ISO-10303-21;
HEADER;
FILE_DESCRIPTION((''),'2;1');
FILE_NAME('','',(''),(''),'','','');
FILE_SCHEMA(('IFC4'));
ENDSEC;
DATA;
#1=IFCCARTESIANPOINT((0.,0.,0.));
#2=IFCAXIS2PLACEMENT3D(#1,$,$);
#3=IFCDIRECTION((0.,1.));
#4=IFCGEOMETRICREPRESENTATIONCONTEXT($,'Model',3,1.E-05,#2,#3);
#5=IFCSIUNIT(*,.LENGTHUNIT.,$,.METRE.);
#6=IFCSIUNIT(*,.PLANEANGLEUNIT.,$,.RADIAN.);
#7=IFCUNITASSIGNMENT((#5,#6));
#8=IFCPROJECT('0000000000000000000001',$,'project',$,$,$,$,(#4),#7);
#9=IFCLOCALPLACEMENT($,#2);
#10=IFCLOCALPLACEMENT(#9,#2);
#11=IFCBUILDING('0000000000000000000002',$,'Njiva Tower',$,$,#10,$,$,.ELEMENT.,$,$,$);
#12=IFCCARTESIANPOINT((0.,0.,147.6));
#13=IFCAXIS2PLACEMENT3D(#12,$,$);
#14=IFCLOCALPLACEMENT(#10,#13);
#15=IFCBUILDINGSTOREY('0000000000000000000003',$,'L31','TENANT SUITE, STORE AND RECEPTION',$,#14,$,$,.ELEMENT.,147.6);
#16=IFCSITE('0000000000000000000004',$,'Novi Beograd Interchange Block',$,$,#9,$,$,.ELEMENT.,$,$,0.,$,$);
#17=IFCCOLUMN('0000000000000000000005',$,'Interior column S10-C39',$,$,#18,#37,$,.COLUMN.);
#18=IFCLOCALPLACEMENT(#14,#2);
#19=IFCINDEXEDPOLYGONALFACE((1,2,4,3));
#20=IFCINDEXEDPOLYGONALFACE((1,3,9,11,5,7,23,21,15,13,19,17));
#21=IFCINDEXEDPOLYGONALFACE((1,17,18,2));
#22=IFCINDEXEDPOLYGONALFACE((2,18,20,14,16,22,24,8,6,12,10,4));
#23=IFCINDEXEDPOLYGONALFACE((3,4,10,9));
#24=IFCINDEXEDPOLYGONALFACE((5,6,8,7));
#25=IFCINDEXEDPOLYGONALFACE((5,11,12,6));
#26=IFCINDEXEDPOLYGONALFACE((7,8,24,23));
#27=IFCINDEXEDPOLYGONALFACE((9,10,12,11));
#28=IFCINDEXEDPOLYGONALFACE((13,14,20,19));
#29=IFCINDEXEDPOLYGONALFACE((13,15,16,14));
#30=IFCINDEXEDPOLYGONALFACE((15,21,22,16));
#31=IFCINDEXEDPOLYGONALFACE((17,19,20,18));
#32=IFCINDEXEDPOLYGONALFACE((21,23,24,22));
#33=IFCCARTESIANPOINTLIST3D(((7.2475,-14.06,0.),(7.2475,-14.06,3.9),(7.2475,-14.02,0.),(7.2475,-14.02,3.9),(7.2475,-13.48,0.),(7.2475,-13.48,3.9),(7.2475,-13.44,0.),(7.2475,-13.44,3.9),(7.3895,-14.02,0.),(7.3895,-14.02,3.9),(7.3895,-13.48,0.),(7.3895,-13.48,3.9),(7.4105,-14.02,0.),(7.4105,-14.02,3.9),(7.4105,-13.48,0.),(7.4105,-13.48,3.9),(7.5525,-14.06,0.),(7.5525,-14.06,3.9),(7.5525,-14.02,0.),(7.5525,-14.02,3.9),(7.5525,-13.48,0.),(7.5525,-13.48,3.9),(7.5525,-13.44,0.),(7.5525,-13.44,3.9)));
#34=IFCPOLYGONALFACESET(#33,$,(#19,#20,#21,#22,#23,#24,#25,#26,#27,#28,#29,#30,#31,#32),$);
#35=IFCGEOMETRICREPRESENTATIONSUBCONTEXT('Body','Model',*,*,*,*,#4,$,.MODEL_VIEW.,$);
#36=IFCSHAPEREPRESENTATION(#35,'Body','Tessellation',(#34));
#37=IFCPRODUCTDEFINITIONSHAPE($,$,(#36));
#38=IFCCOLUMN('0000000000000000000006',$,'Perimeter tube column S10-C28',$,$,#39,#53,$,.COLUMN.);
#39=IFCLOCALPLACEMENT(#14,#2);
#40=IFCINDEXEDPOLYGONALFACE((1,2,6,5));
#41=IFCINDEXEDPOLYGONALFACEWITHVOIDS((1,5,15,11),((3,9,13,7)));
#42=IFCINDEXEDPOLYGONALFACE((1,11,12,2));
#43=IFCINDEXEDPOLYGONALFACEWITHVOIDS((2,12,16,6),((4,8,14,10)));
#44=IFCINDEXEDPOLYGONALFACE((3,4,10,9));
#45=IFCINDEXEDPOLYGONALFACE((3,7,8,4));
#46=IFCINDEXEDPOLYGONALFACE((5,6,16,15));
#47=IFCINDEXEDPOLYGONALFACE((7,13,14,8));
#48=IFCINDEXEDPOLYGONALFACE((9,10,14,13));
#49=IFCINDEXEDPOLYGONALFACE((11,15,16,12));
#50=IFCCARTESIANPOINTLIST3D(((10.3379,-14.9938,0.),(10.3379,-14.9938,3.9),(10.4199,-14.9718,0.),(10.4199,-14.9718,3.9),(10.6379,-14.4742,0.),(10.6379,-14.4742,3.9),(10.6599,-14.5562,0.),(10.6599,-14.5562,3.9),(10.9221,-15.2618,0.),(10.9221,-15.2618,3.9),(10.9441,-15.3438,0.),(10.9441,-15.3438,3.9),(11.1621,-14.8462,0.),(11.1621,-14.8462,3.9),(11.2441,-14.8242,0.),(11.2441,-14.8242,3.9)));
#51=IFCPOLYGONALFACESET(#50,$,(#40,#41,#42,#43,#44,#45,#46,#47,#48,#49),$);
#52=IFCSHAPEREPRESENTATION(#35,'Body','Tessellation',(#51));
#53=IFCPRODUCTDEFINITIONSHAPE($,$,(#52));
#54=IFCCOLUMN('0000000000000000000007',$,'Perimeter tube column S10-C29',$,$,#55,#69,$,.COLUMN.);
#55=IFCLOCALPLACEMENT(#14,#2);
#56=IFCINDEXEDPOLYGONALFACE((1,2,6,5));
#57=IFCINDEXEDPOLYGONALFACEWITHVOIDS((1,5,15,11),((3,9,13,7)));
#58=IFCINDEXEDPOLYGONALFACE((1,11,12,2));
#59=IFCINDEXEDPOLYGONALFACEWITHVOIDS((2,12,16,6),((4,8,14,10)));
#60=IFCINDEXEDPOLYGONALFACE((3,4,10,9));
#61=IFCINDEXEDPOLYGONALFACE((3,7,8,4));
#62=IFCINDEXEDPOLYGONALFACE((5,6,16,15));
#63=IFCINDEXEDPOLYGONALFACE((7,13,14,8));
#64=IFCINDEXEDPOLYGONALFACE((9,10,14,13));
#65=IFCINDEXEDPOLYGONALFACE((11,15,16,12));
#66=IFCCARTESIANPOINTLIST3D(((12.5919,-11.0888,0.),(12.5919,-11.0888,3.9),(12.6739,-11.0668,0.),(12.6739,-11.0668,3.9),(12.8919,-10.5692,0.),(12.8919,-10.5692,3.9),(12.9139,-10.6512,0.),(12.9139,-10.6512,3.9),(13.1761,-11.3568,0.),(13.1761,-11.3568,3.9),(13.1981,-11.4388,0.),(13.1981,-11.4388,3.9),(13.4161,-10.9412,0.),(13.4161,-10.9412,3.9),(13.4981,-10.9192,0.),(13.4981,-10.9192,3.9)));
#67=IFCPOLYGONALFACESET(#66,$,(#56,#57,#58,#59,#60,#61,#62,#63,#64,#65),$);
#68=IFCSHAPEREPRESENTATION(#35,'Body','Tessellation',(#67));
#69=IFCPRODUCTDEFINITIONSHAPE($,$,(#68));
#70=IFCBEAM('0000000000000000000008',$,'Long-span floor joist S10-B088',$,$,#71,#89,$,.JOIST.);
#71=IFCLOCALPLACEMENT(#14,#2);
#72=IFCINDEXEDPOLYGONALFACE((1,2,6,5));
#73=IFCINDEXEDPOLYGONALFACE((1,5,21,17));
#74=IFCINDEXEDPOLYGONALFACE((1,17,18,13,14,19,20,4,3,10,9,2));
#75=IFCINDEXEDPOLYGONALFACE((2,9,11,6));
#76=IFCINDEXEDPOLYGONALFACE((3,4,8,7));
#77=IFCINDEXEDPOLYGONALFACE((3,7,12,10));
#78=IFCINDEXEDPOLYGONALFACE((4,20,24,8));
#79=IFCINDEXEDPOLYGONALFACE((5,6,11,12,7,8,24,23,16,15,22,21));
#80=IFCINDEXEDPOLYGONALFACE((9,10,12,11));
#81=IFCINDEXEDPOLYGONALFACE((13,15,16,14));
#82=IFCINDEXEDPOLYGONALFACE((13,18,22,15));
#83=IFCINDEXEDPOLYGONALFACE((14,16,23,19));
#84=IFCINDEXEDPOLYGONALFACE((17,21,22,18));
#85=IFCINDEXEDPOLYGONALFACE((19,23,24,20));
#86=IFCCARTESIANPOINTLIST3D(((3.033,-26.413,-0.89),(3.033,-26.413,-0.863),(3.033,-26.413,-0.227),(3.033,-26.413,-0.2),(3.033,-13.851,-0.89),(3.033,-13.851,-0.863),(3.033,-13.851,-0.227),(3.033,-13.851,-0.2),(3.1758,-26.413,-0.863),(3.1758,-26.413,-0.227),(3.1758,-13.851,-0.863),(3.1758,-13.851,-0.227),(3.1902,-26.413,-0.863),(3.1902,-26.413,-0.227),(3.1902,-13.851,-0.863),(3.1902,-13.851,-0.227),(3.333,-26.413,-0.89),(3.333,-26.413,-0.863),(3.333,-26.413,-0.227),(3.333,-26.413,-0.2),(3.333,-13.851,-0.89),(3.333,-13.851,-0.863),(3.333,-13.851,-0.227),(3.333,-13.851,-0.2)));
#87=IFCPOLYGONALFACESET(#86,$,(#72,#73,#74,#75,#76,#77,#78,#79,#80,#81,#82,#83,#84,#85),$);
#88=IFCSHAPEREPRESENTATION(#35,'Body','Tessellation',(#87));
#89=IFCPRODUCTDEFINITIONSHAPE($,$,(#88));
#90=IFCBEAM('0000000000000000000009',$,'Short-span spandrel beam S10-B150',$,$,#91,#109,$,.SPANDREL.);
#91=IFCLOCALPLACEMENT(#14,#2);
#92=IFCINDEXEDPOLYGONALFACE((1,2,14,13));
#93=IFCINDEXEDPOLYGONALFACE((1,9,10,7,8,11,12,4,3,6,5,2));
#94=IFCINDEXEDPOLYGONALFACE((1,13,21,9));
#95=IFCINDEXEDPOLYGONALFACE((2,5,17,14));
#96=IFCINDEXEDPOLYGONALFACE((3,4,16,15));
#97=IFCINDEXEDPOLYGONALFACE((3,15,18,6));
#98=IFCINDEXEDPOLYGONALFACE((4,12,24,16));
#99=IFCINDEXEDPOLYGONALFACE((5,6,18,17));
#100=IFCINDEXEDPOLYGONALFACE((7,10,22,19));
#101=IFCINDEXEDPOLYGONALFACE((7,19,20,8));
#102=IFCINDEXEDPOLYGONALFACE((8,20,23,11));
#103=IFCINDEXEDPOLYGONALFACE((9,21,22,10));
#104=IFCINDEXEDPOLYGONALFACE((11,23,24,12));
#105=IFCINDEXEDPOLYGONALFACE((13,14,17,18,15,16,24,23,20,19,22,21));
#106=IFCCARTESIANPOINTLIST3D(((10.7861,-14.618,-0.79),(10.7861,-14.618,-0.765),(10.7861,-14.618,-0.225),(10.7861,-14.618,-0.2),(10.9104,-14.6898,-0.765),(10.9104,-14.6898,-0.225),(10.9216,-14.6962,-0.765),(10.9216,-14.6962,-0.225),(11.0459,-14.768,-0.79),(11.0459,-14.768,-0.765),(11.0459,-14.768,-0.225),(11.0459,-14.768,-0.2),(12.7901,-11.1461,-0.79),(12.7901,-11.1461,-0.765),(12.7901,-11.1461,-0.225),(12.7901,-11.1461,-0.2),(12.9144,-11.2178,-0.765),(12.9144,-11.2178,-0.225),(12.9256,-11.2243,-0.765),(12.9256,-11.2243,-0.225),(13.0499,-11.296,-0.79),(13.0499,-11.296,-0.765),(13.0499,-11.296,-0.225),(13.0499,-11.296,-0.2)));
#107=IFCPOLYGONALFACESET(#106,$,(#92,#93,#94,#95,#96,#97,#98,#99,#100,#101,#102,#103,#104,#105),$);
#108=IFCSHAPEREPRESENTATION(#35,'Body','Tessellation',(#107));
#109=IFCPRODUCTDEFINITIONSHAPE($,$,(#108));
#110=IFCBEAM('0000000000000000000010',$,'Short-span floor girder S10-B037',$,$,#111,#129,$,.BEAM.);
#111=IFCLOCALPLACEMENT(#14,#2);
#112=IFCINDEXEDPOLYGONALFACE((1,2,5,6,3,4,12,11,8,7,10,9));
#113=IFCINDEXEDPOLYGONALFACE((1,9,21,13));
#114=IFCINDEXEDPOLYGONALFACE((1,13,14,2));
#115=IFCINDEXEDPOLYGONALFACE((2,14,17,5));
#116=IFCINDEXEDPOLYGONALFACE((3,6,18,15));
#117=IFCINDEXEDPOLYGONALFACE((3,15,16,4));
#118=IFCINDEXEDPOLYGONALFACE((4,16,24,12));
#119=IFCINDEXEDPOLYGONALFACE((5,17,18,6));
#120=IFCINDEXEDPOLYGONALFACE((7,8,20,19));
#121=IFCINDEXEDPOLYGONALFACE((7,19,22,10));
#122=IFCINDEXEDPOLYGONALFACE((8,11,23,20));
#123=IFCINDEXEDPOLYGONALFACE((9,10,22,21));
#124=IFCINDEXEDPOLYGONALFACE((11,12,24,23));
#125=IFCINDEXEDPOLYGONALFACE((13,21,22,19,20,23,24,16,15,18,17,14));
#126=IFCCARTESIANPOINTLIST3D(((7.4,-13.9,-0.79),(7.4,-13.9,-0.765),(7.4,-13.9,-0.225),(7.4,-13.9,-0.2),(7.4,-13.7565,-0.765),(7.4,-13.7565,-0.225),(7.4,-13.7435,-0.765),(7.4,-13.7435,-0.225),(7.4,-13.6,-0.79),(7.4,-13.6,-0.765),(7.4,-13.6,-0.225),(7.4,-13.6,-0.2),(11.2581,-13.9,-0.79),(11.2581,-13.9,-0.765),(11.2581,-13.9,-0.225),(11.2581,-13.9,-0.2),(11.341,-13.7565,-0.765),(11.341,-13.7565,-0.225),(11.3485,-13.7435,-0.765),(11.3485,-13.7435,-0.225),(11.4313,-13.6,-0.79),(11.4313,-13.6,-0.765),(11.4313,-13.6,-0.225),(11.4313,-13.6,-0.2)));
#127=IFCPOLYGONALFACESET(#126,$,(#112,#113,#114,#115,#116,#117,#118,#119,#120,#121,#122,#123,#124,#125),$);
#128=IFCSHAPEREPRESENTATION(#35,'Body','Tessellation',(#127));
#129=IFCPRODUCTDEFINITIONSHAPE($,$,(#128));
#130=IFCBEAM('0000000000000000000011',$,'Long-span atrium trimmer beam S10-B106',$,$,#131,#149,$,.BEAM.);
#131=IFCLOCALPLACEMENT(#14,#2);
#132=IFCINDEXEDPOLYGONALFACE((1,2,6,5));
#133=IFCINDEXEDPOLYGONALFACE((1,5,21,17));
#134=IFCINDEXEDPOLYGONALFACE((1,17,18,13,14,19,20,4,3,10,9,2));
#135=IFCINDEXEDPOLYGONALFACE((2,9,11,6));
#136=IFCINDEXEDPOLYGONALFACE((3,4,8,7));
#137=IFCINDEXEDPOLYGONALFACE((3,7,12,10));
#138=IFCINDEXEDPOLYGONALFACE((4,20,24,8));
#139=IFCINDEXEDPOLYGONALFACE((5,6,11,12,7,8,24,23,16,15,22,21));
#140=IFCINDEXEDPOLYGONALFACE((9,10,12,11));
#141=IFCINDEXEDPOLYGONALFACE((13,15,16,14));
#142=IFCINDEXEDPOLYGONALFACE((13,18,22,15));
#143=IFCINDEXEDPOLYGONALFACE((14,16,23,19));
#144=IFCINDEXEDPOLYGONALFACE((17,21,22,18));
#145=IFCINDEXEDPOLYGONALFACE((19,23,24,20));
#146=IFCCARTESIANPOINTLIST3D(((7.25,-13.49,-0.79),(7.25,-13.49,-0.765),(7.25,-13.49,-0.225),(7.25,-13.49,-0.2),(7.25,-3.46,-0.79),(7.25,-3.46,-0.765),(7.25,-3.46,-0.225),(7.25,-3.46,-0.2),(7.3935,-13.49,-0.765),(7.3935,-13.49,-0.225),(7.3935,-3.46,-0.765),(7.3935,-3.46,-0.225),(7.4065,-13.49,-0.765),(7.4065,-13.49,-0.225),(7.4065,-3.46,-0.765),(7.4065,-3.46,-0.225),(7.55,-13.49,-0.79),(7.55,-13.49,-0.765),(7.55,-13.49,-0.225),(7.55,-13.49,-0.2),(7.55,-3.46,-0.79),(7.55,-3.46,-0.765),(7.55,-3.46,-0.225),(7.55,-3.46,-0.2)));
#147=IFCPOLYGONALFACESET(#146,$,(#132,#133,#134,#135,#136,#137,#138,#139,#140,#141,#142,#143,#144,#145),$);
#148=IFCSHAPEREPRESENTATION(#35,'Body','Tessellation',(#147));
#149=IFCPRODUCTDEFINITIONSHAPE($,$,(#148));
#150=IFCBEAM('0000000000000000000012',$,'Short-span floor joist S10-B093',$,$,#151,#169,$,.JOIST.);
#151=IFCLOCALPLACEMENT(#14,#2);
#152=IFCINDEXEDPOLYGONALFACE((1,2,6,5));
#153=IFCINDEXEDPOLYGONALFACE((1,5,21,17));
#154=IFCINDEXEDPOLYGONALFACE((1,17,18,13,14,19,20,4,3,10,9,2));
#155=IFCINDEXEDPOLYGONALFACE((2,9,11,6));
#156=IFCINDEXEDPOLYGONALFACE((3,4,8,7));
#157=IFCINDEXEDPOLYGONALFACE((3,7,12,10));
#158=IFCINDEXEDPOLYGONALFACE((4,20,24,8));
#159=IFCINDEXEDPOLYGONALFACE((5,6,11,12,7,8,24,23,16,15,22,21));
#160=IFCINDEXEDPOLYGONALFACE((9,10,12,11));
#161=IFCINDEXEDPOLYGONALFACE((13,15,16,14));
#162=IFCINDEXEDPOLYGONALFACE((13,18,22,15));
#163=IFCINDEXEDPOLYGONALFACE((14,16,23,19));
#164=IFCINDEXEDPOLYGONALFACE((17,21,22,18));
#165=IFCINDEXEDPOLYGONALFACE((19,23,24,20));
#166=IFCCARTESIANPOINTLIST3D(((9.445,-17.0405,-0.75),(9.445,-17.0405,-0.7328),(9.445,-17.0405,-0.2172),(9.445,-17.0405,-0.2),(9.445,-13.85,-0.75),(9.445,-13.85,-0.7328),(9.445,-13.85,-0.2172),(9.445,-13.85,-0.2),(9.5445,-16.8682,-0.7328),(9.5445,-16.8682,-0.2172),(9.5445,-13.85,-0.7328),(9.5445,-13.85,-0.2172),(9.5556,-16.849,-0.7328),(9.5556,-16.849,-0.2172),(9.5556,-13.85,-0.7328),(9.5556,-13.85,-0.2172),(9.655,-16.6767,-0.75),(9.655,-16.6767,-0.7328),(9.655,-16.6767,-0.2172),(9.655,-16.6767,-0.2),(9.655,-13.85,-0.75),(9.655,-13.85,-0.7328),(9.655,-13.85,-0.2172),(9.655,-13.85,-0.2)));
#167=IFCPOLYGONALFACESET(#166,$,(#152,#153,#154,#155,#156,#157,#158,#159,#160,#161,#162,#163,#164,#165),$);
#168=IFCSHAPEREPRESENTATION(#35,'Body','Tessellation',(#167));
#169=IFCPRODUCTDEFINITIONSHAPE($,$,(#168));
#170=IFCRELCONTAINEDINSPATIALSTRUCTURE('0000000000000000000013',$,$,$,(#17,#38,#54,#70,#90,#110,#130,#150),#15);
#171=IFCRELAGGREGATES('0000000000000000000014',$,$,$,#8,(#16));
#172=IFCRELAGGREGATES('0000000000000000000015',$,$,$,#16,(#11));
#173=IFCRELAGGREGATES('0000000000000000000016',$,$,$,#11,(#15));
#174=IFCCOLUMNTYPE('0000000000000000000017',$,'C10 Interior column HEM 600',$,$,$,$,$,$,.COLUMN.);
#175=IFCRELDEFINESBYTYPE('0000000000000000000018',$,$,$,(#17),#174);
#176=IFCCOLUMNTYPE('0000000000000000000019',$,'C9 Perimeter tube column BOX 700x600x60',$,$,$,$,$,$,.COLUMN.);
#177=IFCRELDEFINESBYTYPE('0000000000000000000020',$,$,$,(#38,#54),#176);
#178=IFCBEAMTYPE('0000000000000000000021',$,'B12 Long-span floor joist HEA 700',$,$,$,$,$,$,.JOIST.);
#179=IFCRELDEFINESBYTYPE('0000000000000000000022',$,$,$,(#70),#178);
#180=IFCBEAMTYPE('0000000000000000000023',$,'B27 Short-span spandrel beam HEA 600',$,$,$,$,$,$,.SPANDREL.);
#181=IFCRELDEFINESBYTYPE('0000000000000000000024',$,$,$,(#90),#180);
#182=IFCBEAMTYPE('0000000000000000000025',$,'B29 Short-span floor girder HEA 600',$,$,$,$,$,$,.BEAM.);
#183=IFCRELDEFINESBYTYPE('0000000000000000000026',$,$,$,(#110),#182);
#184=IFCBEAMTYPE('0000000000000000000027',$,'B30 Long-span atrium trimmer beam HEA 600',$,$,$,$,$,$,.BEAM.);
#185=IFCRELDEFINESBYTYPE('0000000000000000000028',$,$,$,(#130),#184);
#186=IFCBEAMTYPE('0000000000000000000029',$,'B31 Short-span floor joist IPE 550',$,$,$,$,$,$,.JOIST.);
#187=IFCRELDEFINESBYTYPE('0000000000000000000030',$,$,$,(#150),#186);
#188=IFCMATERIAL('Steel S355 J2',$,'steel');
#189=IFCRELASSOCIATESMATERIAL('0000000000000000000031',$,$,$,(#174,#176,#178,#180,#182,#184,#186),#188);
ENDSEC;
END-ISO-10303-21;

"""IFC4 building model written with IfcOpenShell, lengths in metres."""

from ifc_helpers import new_model, si_unit, direction, frame, origin, origin_2d, place, context, subcontext, project, spatial, hollow_rectangle, i_section, extrude, clip, halfspace, material, material_profile, profile_set, type_object, element, save


model = new_model("IFC4")

# Units and contexts
model_context = context("Model", 3, precision=1e-05, world=origin(), true_north=direction((0.0, 1.0)))
body_context = subcontext(model_context, "Body", "Model", "MODEL_VIEW")
ifc_project = project(units=[si_unit("LENGTHUNIT", "METRE"), si_unit("PLANEANGLEUNIT", "RADIAN")], contexts=[model_context])

# Site, building, storey
site_placement = place(None, origin())
site = spatial("IfcSite", under=ifc_project, at=site_placement, Name="Novi Beograd Interchange Block", CompositionType="ELEMENT", RefElevation=0.0)
building_placement = place(site_placement, origin())
building = spatial("IfcBuilding", under=site, at=building_placement, Name="Njiva Tower", CompositionType="ELEMENT")
storey_placement = place(building_placement, frame((0.0, 0.0, 147.6)))
storey = spatial("IfcBuildingStorey", under=building, at=storey_placement, Name="L31", Description="TENANT SUITE, STORE AND RECEPTION", CompositionType="ELEMENT", Elevation=147.6)

# Columns
ifc_material_1 = material(Name="Steel S355 J2", Category="steel")
ifc_material_profile_1 = material_profile(ifc_material_1, i_section(OverallWidth=0.305, OverallDepth=0.62, WebThickness=0.021, FlangeThickness=0.04, at=origin_2d()), Name="HEM 600")
ifc_profile_set_1 = profile_set([ifc_material_profile_1], Name="Steel S355 J2")
column_type_1 = type_object("IfcColumnType", Name="C10 Interior column HEM 600", PredefinedType="COLUMN", material=ifc_profile_set_1)
column_placement = place(storey_placement, frame((7.4, -13.75, 0.0), z_axis=(0.0, 0.0, 1.0), x_axis=(1.0, 0.0, 0.0)))
element("IfcColumn", 1, at=column_placement, inside=storey, type_object=column_type_1, Name="Interior column S10-C39", PredefinedType="COLUMN", context=body_context, shape_type="SweptSolid", body=[
    extrude(i_section(OverallWidth=0.305, OverallDepth=0.62, WebThickness=0.021, FlangeThickness=0.04, at=origin_2d()), origin(), (0.0, 0.0, 1.0), 3.9),
])
ifc_material_profile_2 = material_profile(ifc_material_1, hollow_rectangle(XDim=0.6, YDim=0.7, WallThickness=0.06, at=origin_2d()), Name="BOX 700x600x60")
ifc_profile_set_2 = profile_set([ifc_material_profile_2], Name="Steel S355 J2")
column_type_2 = type_object("IfcColumnType", Name="C9 Perimeter tube column BOX 700x600x60", PredefinedType="COLUMN", material=ifc_profile_set_2)
for number, where, z_axis, x_axis, name in (
    (2, (10.791, -14.909, 0.0), (0.0, 0.0, 1.0), (0.5, 0.866025, 0.0), "Perimeter tube column S10-C28"),
    (3, (13.045, -11.004, 0.0), (0.0, 0.0, 1.0), (0.5, 0.866025, 0.0), "Perimeter tube column S10-C29"),
):
    element("IfcColumn", number, at=place(storey_placement, frame(where, z_axis=z_axis, x_axis=x_axis)), inside=storey, type_object=column_type_2, Name=name, PredefinedType="COLUMN", context=body_context, shape_type="SweptSolid", body=[
        extrude(hollow_rectangle(XDim=0.6, YDim=0.7, WallThickness=0.06, at=origin_2d()), origin(), (0.0, 0.0, 1.0), 3.9),
    ])

# Beams
ifc_material_profile_3 = material_profile(ifc_material_1, i_section(OverallWidth=0.3, OverallDepth=0.69, WebThickness=0.0145, FlangeThickness=0.027, at=origin_2d()), Name="HEA 700")
ifc_profile_set_3 = profile_set([ifc_material_profile_3], Name="Steel S355 J2")
beam_type_1 = type_object("IfcBeamType", Name="B12 Long-span floor joist HEA 700", PredefinedType="JOIST", material=ifc_profile_set_3)
beam_1_placement = place(storey_placement, frame((3.183, -13.851, -0.545), z_axis=(0.0, -1.0, 0.0), x_axis=(1.0, 0.0, 0.0)))
element("IfcBeam", 4, at=beam_1_placement, inside=storey, type_object=beam_type_1, Name="Long-span floor joist S10-B088", PredefinedType="JOIST", context=body_context, shape_type="SweptSolid", body=[
    extrude(i_section(OverallWidth=0.3, OverallDepth=0.69, WebThickness=0.0145, FlangeThickness=0.027, at=origin_2d()), origin(), (0.0, 0.0, 1.0), 12.562),
])
ifc_material_profile_4 = material_profile(ifc_material_1, i_section(OverallWidth=0.3, OverallDepth=0.59, WebThickness=0.013, FlangeThickness=0.025, at=origin_2d()), Name="HEA 600")
ifc_profile_set_4 = profile_set([ifc_material_profile_4], Name="Steel S355 J2")
beam_type_2 = type_object("IfcBeamType", Name="B27 Short-span spandrel beam HEA 600", PredefinedType="SPANDREL", material=ifc_profile_set_4)
beam_2_placement = place(storey_placement, frame((10.916, -14.693, -0.495), z_axis=(0.499895, 0.866086, 0.0), x_axis=(-0.866086, 0.499895, 0.0)))
element("IfcBeam", 5, at=beam_2_placement, inside=storey, type_object=beam_type_2, Name="Short-span spandrel beam S10-B150", PredefinedType="SPANDREL", context=body_context, shape_type="SweptSolid", body=[
    extrude(i_section(OverallWidth=0.3, OverallDepth=0.59, WebThickness=0.013, FlangeThickness=0.025, at=origin_2d()), origin(), (0.0, 0.0, 1.0), 4.0088),
])
ifc_material_profile_5 = material_profile(ifc_material_1, i_section(OverallWidth=0.3, OverallDepth=0.59, WebThickness=0.013, FlangeThickness=0.025, at=origin_2d()), Name="HEA 600")
ifc_profile_set_5 = profile_set([ifc_material_profile_5], Name="Steel S355 J2")
beam_type_3 = type_object("IfcBeamType", Name="B29 Short-span floor girder HEA 600", PredefinedType="BEAM", material=ifc_profile_set_5)
beam_3_placement = place(storey_placement, frame((7.4, -13.75, -0.495), z_axis=(1.0, 0.0, 0.0), x_axis=(0.0, 1.0, 0.0)))
element("IfcBeam", 6, at=beam_3_placement, inside=storey, type_object=beam_type_3, Name="Short-span floor girder S10-B037", PredefinedType="BEAM", context=body_context, shape_type="Clipping", body=[
    clip(extrude(i_section(OverallWidth=0.3, OverallDepth=0.59, WebThickness=0.013, FlangeThickness=0.025, at=origin_2d()), origin(), (0.0, 0.0, 1.0), 4.052), halfspace(frame((-0.025, 0.0, 3.9303), z_axis=(-0.499998, 0.0, 0.866027), x_axis=(0.0, 1.0, 0.0)), False)),
])
ifc_material_profile_6 = material_profile(ifc_material_1, i_section(OverallWidth=0.3, OverallDepth=0.59, WebThickness=0.013, FlangeThickness=0.025, at=origin_2d()), Name="HEA 600")
ifc_profile_set_6 = profile_set([ifc_material_profile_6], Name="Steel S355 J2")
beam_type_4 = type_object("IfcBeamType", Name="B30 Long-span atrium trimmer beam HEA 600", PredefinedType="BEAM", material=ifc_profile_set_6)
beam_4_placement = place(storey_placement, frame((7.4, -13.49, -0.495), z_axis=(0.0, 1.0, 0.0), x_axis=(-1.0, 0.0, 0.0)))
element("IfcBeam", 7, at=beam_4_placement, inside=storey, type_object=beam_type_4, Name="Long-span atrium trimmer beam S10-B106", PredefinedType="BEAM", context=body_context, shape_type="SweptSolid", body=[
    extrude(i_section(OverallWidth=0.3, OverallDepth=0.59, WebThickness=0.013, FlangeThickness=0.025, at=origin_2d()), origin(), (0.0, 0.0, 1.0), 10.03),
])
ifc_material_profile_7 = material_profile(ifc_material_1, i_section(OverallWidth=0.21, OverallDepth=0.55, WebThickness=0.0111, FlangeThickness=0.0172, at=origin_2d()), Name="IPE 550")
ifc_profile_set_7 = profile_set([ifc_material_profile_7], Name="Steel S355 J2")
beam_type_5 = type_object("IfcBeamType", Name="B31 Short-span floor joist IPE 550", PredefinedType="JOIST", material=ifc_profile_set_7)
beam_5_placement = place(storey_placement, frame((9.55, -13.85, -0.475), z_axis=(0.0, -1.0, 0.0), x_axis=(1.0, 0.0, 0.0)))
element("IfcBeam", 8, at=beam_5_placement, inside=storey, type_object=beam_type_5, Name="Short-span floor joist S10-B093", PredefinedType="JOIST", context=body_context, shape_type="Clipping", body=[
    clip(extrude(i_section(OverallWidth=0.21, OverallDepth=0.55, WebThickness=0.0111, FlangeThickness=0.0172, at=origin_2d()), origin(), (0.0, 0.0, 1.0), 3.211), halfspace(frame((0.0433, 0.0, 2.9336), z_axis=(0.866027, 0.0, 0.499998), x_axis=(0.0, 1.0, 0.0)), False)),
])

save(model, "model.ifc")
